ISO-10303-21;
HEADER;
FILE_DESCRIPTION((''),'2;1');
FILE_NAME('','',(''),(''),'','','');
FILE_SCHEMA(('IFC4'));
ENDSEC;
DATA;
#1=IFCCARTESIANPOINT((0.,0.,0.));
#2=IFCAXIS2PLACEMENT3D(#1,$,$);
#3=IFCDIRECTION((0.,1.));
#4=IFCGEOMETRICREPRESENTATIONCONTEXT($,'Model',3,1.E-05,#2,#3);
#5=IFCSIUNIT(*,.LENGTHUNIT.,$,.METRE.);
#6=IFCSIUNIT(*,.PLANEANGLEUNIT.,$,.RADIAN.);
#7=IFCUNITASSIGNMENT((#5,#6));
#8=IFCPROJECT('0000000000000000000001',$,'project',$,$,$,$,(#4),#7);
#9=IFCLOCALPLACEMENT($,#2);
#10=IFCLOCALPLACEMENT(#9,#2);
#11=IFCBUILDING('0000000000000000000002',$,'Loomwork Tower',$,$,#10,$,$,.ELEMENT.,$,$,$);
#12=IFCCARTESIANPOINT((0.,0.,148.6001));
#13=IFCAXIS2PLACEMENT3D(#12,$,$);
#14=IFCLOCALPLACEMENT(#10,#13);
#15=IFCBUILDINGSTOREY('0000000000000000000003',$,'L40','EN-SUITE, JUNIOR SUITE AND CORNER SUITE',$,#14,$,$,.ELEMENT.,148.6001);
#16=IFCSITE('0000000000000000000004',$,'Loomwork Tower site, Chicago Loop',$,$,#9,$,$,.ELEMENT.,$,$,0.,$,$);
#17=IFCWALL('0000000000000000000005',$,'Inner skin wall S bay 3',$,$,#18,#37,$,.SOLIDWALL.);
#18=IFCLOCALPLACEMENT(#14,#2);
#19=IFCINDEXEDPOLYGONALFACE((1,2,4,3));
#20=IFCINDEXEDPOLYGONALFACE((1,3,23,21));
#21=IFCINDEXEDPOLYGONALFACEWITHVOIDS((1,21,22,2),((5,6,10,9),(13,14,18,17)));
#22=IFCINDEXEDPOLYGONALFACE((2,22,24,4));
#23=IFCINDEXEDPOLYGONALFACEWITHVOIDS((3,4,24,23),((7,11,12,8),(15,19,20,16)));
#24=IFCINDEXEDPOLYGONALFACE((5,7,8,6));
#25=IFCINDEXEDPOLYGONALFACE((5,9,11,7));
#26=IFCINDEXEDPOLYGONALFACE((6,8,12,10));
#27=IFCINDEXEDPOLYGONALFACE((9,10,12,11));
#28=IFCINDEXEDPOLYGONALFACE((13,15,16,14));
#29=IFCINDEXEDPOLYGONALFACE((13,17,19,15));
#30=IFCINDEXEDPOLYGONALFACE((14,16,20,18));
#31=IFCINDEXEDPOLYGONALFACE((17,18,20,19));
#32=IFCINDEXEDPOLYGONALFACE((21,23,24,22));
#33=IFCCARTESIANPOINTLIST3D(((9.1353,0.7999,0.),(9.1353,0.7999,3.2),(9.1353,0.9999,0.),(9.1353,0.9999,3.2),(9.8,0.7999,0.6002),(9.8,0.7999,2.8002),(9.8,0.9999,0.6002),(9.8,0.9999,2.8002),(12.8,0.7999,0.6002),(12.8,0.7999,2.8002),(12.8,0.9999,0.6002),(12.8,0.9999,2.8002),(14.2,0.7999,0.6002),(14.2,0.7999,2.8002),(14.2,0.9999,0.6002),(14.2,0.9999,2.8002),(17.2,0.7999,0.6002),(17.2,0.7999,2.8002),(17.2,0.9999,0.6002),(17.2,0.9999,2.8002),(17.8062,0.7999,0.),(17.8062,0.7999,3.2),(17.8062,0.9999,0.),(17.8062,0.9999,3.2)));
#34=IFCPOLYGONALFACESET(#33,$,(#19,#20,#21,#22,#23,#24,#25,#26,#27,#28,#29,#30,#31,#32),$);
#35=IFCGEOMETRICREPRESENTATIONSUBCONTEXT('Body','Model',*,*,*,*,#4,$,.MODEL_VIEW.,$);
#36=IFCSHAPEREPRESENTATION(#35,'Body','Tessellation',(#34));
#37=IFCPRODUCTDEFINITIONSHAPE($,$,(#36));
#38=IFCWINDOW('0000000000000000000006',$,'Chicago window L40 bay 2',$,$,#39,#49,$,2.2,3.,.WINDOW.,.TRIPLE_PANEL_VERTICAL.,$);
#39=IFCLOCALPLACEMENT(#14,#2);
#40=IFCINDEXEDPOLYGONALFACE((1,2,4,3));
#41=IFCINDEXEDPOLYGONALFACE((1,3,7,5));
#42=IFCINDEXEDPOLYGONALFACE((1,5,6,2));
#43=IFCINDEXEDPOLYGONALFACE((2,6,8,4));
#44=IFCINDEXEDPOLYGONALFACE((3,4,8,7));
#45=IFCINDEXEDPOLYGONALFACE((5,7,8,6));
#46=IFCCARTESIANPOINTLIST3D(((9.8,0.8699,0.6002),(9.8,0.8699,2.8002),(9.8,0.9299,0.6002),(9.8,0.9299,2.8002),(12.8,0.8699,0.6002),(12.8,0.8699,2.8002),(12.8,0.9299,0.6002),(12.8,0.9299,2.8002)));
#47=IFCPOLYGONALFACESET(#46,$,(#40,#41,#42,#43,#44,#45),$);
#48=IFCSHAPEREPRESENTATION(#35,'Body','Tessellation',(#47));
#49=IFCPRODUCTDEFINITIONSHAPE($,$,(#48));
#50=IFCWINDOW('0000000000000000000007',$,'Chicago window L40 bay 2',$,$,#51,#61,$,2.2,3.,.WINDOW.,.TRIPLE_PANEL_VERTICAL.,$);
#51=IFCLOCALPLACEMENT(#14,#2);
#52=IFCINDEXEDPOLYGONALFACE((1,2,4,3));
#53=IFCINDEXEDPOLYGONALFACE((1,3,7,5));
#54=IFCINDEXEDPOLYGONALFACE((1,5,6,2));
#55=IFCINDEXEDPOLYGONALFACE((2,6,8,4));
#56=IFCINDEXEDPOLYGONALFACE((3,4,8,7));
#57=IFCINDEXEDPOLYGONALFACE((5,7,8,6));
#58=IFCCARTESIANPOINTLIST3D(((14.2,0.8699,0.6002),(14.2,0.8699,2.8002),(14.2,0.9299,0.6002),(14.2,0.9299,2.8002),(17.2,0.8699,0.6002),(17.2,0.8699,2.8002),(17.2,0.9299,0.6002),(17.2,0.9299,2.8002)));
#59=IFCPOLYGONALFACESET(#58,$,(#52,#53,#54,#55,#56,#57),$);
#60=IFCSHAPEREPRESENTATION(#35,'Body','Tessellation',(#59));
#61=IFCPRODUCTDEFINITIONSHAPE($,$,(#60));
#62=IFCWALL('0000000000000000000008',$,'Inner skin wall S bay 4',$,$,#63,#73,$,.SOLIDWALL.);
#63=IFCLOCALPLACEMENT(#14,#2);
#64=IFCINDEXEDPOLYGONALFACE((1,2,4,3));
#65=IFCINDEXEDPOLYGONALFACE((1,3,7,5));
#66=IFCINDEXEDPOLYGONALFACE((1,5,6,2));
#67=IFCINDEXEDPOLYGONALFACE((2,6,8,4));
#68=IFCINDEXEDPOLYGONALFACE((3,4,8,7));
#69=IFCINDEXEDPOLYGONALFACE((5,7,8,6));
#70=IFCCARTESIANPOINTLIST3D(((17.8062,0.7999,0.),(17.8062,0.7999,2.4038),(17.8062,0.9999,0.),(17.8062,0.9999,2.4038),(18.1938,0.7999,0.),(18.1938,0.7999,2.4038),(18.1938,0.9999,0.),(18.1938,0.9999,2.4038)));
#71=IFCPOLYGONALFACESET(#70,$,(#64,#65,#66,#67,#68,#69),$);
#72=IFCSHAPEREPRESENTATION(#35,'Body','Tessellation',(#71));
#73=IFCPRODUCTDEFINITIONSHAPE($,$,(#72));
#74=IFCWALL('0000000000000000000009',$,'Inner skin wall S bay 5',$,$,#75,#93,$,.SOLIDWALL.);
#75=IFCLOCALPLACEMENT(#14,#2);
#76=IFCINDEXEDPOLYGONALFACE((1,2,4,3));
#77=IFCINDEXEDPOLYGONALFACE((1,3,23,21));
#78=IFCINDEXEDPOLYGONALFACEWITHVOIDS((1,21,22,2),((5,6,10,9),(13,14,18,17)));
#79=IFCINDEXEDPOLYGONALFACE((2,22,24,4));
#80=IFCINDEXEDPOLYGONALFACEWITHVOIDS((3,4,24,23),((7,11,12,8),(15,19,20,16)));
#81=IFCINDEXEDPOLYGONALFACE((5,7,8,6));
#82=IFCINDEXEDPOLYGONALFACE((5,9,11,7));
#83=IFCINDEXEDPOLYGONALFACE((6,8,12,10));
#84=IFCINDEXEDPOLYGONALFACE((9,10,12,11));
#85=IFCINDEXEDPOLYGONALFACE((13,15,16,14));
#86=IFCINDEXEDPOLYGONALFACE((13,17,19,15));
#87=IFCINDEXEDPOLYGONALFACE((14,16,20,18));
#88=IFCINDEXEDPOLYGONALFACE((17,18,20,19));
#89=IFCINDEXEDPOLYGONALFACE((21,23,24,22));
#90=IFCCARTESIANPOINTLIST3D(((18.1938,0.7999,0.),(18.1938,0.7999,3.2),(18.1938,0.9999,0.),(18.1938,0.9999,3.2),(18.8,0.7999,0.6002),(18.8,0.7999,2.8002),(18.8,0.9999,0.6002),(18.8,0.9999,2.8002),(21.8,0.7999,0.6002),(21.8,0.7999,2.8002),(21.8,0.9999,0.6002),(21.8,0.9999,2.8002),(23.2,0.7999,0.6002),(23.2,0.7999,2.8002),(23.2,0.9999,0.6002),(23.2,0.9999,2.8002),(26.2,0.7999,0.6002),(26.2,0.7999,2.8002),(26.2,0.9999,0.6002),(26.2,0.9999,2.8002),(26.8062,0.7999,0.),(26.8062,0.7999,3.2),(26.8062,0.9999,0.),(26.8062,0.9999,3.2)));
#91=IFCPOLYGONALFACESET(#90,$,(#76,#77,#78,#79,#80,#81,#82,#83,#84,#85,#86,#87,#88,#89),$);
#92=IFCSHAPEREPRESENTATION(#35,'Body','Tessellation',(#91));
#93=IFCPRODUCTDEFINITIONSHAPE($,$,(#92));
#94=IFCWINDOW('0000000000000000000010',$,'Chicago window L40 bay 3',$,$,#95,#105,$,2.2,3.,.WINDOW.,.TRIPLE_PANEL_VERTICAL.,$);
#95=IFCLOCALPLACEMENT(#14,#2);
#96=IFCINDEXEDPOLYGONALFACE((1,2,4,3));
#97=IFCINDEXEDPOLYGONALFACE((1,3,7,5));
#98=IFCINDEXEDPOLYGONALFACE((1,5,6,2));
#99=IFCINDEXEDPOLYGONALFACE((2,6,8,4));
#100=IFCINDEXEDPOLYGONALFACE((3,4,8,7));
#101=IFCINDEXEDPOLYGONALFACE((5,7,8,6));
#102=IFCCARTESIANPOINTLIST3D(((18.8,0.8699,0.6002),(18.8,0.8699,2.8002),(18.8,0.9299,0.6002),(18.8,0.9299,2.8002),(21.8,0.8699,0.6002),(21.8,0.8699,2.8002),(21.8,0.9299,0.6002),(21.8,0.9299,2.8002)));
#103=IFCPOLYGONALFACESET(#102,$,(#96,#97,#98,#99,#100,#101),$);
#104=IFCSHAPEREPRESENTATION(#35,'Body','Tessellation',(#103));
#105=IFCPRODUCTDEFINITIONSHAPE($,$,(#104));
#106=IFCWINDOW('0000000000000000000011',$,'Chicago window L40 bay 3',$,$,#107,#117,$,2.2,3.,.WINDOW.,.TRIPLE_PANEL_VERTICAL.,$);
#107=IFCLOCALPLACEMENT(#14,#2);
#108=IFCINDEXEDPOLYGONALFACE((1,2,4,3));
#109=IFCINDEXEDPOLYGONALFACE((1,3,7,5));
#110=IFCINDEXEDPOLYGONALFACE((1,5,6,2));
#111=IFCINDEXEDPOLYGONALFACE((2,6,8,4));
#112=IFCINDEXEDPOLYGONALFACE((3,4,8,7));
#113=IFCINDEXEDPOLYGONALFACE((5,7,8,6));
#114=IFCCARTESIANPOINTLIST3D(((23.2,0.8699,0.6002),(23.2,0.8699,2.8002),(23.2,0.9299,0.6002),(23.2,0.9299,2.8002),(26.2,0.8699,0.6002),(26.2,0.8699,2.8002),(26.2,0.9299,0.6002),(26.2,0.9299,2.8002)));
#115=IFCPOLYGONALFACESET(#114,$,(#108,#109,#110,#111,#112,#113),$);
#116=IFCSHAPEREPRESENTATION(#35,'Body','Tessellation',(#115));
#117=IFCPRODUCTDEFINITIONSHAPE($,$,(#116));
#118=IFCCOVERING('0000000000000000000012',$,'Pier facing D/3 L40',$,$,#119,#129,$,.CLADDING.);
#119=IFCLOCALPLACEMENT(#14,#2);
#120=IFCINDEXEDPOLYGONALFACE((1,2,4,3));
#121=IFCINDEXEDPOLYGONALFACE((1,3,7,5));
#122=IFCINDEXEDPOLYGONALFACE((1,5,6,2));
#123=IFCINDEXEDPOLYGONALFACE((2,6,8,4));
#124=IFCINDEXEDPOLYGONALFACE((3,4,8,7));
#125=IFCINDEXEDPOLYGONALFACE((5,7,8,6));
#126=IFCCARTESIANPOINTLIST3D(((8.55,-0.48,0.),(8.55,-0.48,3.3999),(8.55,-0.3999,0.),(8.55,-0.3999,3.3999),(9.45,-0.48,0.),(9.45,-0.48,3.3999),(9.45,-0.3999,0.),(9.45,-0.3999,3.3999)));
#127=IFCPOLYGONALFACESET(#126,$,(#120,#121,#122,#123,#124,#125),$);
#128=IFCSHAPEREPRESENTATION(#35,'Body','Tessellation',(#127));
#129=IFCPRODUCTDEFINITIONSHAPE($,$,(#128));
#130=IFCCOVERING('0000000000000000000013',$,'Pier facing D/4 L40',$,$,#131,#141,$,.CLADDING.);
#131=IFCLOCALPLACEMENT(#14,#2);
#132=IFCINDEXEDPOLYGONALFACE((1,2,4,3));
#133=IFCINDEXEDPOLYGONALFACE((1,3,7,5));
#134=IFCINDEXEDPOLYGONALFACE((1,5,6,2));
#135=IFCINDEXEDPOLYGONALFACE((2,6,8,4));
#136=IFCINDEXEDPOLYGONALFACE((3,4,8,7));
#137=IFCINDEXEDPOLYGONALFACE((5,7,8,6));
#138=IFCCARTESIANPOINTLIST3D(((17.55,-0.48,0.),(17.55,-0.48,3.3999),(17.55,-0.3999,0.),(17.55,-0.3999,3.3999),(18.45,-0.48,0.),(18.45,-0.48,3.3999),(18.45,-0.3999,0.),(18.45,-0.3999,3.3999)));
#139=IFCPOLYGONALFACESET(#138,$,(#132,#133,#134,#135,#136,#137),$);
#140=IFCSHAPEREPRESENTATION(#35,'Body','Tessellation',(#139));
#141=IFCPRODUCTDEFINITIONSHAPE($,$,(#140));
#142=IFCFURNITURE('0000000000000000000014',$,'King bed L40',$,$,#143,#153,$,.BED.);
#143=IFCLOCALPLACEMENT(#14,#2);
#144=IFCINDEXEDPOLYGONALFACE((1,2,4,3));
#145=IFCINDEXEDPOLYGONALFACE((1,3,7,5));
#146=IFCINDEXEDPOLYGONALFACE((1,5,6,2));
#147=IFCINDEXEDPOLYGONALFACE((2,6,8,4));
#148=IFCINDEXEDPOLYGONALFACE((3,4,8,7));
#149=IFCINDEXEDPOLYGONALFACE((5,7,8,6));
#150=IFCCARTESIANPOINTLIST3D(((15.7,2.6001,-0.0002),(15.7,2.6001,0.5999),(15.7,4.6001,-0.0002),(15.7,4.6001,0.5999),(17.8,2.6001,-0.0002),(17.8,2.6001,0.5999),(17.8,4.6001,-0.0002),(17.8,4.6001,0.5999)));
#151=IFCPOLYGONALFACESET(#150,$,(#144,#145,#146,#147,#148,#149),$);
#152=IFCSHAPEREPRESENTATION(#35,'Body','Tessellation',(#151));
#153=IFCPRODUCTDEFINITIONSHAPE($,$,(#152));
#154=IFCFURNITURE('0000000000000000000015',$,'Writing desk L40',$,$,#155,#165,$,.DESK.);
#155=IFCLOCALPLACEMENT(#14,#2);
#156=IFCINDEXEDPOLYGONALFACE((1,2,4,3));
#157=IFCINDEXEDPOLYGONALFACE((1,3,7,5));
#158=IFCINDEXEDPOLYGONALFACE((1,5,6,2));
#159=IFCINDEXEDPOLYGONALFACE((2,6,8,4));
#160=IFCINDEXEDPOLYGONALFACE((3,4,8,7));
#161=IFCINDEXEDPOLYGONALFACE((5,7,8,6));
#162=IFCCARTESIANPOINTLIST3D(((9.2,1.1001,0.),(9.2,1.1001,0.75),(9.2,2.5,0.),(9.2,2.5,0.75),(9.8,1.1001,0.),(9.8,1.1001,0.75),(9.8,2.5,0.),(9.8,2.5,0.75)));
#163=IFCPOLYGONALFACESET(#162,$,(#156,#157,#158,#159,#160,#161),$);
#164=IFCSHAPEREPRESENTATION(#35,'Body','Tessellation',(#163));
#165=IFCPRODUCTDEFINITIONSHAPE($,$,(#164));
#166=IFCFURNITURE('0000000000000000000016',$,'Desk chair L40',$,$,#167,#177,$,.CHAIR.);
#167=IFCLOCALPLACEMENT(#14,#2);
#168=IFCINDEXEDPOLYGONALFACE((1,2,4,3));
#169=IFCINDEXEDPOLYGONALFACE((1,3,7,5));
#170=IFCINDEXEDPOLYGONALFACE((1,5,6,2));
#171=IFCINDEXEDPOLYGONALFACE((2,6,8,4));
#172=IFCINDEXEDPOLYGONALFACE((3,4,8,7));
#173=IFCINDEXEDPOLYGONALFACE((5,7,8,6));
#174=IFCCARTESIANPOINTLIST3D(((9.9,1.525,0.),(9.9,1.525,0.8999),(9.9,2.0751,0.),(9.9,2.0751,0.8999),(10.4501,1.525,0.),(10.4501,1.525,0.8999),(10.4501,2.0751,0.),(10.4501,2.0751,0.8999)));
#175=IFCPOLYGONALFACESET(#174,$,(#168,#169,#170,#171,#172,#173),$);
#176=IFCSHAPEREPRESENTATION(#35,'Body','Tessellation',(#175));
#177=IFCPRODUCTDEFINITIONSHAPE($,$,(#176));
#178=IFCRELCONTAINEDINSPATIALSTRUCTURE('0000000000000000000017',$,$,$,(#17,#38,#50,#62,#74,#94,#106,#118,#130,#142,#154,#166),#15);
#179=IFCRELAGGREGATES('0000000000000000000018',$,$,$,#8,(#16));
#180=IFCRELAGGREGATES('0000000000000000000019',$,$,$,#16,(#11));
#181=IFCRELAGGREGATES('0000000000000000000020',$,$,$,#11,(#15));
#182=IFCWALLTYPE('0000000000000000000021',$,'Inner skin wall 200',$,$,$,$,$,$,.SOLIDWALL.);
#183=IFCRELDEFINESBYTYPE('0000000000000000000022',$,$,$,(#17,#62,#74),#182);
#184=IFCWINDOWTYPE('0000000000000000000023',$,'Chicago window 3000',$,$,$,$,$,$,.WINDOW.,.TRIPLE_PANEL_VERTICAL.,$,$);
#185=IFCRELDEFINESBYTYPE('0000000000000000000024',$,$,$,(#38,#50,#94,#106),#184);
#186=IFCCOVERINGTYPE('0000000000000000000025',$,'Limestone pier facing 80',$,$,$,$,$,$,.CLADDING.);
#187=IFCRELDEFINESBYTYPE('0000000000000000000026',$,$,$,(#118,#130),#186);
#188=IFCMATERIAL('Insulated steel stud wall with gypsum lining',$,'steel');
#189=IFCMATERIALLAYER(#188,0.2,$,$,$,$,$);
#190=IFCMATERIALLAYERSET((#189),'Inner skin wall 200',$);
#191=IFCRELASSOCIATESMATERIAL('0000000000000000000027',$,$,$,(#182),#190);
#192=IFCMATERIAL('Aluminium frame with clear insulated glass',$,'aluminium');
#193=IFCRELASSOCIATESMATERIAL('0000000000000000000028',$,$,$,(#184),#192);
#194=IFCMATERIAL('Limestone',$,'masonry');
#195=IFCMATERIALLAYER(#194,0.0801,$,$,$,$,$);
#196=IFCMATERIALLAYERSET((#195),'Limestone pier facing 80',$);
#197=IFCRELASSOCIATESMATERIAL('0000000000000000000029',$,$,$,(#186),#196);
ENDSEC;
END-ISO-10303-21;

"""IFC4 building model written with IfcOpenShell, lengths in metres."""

from ifc_helpers import new_model, si_unit, direction, frame, frame_2d, origin, origin_2d, place, context, subcontext, project, spatial, rectangle, extrude, material, layer, layer_set, type_object, element, fill, save


model = new_model("IFC4")

# Units and contexts
model_context = context("Model", 3, precision=1e-05, world=origin(), true_north=direction((0.0, 1.0)))
body_context = subcontext(model_context, "Body", "Model", "MODEL_VIEW")
ifc_project = project(units=[si_unit("LENGTHUNIT", "METRE"), si_unit("PLANEANGLEUNIT", "RADIAN")], contexts=[model_context])

# Site, building, storey
site_placement = place(None, origin())
site = spatial("IfcSite", under=ifc_project, at=site_placement, Name="Loomwork Tower site, Chicago Loop", CompositionType="ELEMENT", RefElevation=0.0)
building_placement = place(site_placement, origin())
building = spatial("IfcBuilding", under=site, at=building_placement, Name="Loomwork Tower", CompositionType="ELEMENT")
storey_placement = place(building_placement, frame((0.0, 0.0, 148.6001)))
storey = spatial("IfcBuildingStorey", under=building, at=storey_placement, Name="L40", Description="EN-SUITE, JUNIOR SUITE AND CORNER SUITE", CompositionType="ELEMENT", Elevation=148.6001)

# Shared definitions
ifc_material_1 = material(Name="Insulated steel stud wall with gypsum lining", Category="steel")
ifc_layer_1 = layer(ifc_material_1, 0.2)
ifc_layer_set_1 = layer_set([ifc_layer_1], Name="Inner skin wall 200")
wall_type_1 = type_object("IfcWallType", Name="Inner skin wall 200", PredefinedType="SOLIDWALL", material=ifc_layer_set_1)

# Wall, openings, windows
wall_1_placement = place(storey_placement, frame((9.1353, 0.8999, 0.0), z_axis=(0.0, 0.0, 1.0), x_axis=(1.0, 0.0, 0.0)))
wall_1 = element("IfcWall", 1, at=wall_1_placement, inside=storey, type_object=wall_type_1, Name="Inner skin wall S bay 3", PredefinedType="SOLIDWALL", context=body_context, shape_type="SweptSolid", body=[
    extrude(rectangle(XDim=8.6709, YDim=0.2, at=frame_2d((4.3354, 0.0))), origin(), (0.0, 0.0, 1.0), 3.2),
])
opening_1_placement = place(wall_1_placement, frame((0.6648, 0.0, 0.6001)))
opening_1 = element("IfcOpeningElement", 2, at=opening_1_placement, cuts=wall_1, PredefinedType="OPENING", context=body_context, shape_type="SweptSolid", body=[
    extrude(rectangle(XDim=3.0, YDim=2.2, at=frame_2d((1.5, 1.1001))), frame((0.0, 0.1099, 0.0), z_axis=(0.0, -1.0, 0.0), x_axis=(1.0, 0.0, 0.0)), (0.0, 0.0, 1.0), 0.22),
])
opening_2_placement = place(wall_1_placement, frame((5.0647, 0.0, 0.6001)))
opening_2 = element("IfcOpeningElement", 3, at=opening_2_placement, cuts=wall_1, PredefinedType="OPENING", context=body_context, shape_type="SweptSolid", body=[
    extrude(rectangle(XDim=3.0, YDim=2.2, at=frame_2d((1.5, 1.1001))), frame((0.0, 0.1099, 0.0), z_axis=(0.0, -1.0, 0.0), x_axis=(1.0, 0.0, 0.0)), (0.0, 0.0, 1.0), 0.22),
])
ifc_material_2 = material(Name="Aluminium frame with clear insulated glass", Category="aluminium")
window_type = type_object("IfcWindowType", Name="Chicago window 3000", PartitioningType="TRIPLE_PANEL_VERTICAL", PredefinedType="WINDOW", material=ifc_material_2)
window_1_placement = place(opening_1_placement, origin())
window_1 = element("IfcWindow", 4, at=window_1_placement, inside=storey, type_object=window_type, Name="Chicago window L40 bay 2", OverallHeight=2.2, OverallWidth=3.0, PartitioningType="TRIPLE_PANEL_VERTICAL", PredefinedType="WINDOW", context=body_context, shape_type="SweptSolid", body=[
    extrude(rectangle(XDim=3.0, YDim=2.2, at=frame_2d((1.5, 1.1001))), frame((0.0, 0.03, 0.0), z_axis=(0.0, -1.0, 0.0), x_axis=(1.0, 0.0, 0.0)), (0.0, 0.0, 1.0), 0.0601),
])
fill(opening_1, window_1)
window_2_placement = place(opening_2_placement, origin())
window_2 = element("IfcWindow", 5, at=window_2_placement, inside=storey, type_object=window_type, Name="Chicago window L40 bay 2", OverallHeight=2.2, OverallWidth=3.0, PartitioningType="TRIPLE_PANEL_VERTICAL", PredefinedType="WINDOW", context=body_context, shape_type="SweptSolid", body=[
    extrude(rectangle(XDim=3.0, YDim=2.2, at=frame_2d((1.5, 1.1001))), frame((0.0, 0.03, 0.0), z_axis=(0.0, -1.0, 0.0), x_axis=(1.0, 0.0, 0.0)), (0.0, 0.0, 1.0), 0.0601),
])
fill(opening_2, window_2)

# Wall
wall_2_placement = place(storey_placement, frame((17.8062, 0.8999, 0.0), z_axis=(0.0, 0.0, 1.0), x_axis=(1.0, 0.0, 0.0)))
element("IfcWall", 6, at=wall_2_placement, inside=storey, type_object=wall_type_1, Name="Inner skin wall S bay 4", PredefinedType="SOLIDWALL", context=body_context, shape_type="SweptSolid", body=[
    extrude(rectangle(XDim=0.3877, YDim=0.2, at=frame_2d((0.1938, 0.0))), origin(), (0.0, 0.0, 1.0), 2.4038),
])

# Wall, openings, windows
wall_3_placement = place(storey_placement, frame((18.1938, 0.8999, 0.0), z_axis=(0.0, 0.0, 1.0), x_axis=(1.0, 0.0, 0.0)))
wall_3 = element("IfcWall", 7, at=wall_3_placement, inside=storey, type_object=wall_type_1, Name="Inner skin wall S bay 5", PredefinedType="SOLIDWALL", context=body_context, shape_type="SweptSolid", body=[
    extrude(rectangle(XDim=8.6123, YDim=0.2, at=frame_2d((4.3062, 0.0))), origin(), (0.0, 0.0, 1.0), 3.2),
])
opening_3_placement = place(wall_3_placement, frame((0.6062, 0.0, 0.6001)))
opening_3 = element("IfcOpeningElement", 8, at=opening_3_placement, cuts=wall_3, PredefinedType="OPENING", context=body_context, shape_type="SweptSolid", body=[
    extrude(rectangle(XDim=3.0, YDim=2.2, at=frame_2d((1.5, 1.1001))), frame((0.0, 0.1099, 0.0), z_axis=(0.0, -1.0, 0.0), x_axis=(1.0, 0.0, 0.0)), (0.0, 0.0, 1.0), 0.22),
])
opening_4_placement = place(wall_3_placement, frame((5.0061, 0.0, 0.6001)))
opening_4 = element("IfcOpeningElement", 9, at=opening_4_placement, cuts=wall_3, PredefinedType="OPENING", context=body_context, shape_type="SweptSolid", body=[
    extrude(rectangle(XDim=3.0, YDim=2.2, at=frame_2d((1.5, 1.1001))), frame((0.0, 0.1099, 0.0), z_axis=(0.0, -1.0, 0.0), x_axis=(1.0, 0.0, 0.0)), (0.0, 0.0, 1.0), 0.22),
])
window_3_placement = place(opening_3_placement, origin())
window_3 = element("IfcWindow", 10, at=window_3_placement, inside=storey, type_object=window_type, Name="Chicago window L40 bay 3", OverallHeight=2.2, OverallWidth=3.0, PartitioningType="TRIPLE_PANEL_VERTICAL", PredefinedType="WINDOW", context=body_context, shape_type="SweptSolid", body=[
    extrude(rectangle(XDim=3.0, YDim=2.2, at=frame_2d((1.5, 1.1001))), frame((0.0, 0.03, 0.0), z_axis=(0.0, -1.0, 0.0), x_axis=(1.0, 0.0, 0.0)), (0.0, 0.0, 1.0), 0.0601),
])
fill(opening_3, window_3)
window_4_placement = place(opening_4_placement, origin())
window_4 = element("IfcWindow", 11, at=window_4_placement, inside=storey, type_object=window_type, Name="Chicago window L40 bay 3", OverallHeight=2.2, OverallWidth=3.0, PartitioningType="TRIPLE_PANEL_VERTICAL", PredefinedType="WINDOW", context=body_context, shape_type="SweptSolid", body=[
    extrude(rectangle(XDim=3.0, YDim=2.2, at=frame_2d((1.5, 1.1001))), frame((0.0, 0.03, 0.0), z_axis=(0.0, -1.0, 0.0), x_axis=(1.0, 0.0, 0.0)), (0.0, 0.0, 1.0), 0.0601),
])
fill(opening_4, window_4)

# Coverings
ifc_material_3 = material(Name="Limestone", Category="masonry")
ifc_layer_2 = layer(ifc_material_3, 0.0801)
ifc_layer_set_2 = layer_set([ifc_layer_2], Name="Limestone pier facing 80")
covering_type = type_object("IfcCoveringType", Name="Limestone pier facing 80", PredefinedType="CLADDING", material=ifc_layer_set_2)
for number, where, z_axis, x_axis, name in (
    (12, (9.0, -0.4399, 0.0), (0.0, 0.0, 1.0), (1.0, 0.0, 0.0), "Pier facing D/3 L40"),
    (13, (18.0, -0.4399, 0.0), (0.0, 0.0, 1.0), (1.0, 0.0, 0.0), "Pier facing D/4 L40"),
):
    element("IfcCovering", number, at=place(storey_placement, frame(where, z_axis=z_axis, x_axis=x_axis)), inside=storey, type_object=covering_type, Name=name, PredefinedType="CLADDING", context=body_context, shape_type="SweptSolid", body=[
        extrude(rectangle(XDim=0.8999, YDim=0.0801, at=origin_2d()), origin(), (0.0, 0.0, 1.0), 3.3999),
    ])

# Furniture
furniture_1_placement = place(storey_placement, frame((16.75, 3.6001, -0.0002), z_axis=(0.0, 0.0, 1.0), x_axis=(1.0, 0.0, 0.0)))
element("IfcFurniture", 14, at=furniture_1_placement, inside=storey, Name="King bed L40", PredefinedType="BED", context=body_context, shape_type="SweptSolid", body=[
    extrude(rectangle(XDim=2.1001, YDim=2.0, at=origin_2d()), origin(), (0.0, 0.0, 1.0), 0.6001),
])
furniture_2_placement = place(storey_placement, frame((9.5, 1.8, 0.0), z_axis=(0.0, 0.0, 1.0), x_axis=(1.0, 0.0, 0.0)))
element("IfcFurniture", 15, at=furniture_2_placement, inside=storey, Name="Writing desk L40", PredefinedType="DESK", context=body_context, shape_type="SweptSolid", body=[
    extrude(rectangle(XDim=0.6001, YDim=1.3999, at=origin_2d()), origin(), (0.0, 0.0, 1.0), 0.75),
])
furniture_3_placement = place(storey_placement, frame((10.175, 1.8, 0.0), z_axis=(0.0, 0.0, 1.0), x_axis=(1.0, 0.0, 0.0)))
element("IfcFurniture", 16, at=furniture_3_placement, inside=storey, Name="Desk chair L40", PredefinedType="CHAIR", context=body_context, shape_type="SweptSolid", body=[
    extrude(rectangle(XDim=0.55, YDim=0.55, at=origin_2d()), origin(), (0.0, 0.0, 1.0), 0.8999),
])

save(model, "model.ifc")
